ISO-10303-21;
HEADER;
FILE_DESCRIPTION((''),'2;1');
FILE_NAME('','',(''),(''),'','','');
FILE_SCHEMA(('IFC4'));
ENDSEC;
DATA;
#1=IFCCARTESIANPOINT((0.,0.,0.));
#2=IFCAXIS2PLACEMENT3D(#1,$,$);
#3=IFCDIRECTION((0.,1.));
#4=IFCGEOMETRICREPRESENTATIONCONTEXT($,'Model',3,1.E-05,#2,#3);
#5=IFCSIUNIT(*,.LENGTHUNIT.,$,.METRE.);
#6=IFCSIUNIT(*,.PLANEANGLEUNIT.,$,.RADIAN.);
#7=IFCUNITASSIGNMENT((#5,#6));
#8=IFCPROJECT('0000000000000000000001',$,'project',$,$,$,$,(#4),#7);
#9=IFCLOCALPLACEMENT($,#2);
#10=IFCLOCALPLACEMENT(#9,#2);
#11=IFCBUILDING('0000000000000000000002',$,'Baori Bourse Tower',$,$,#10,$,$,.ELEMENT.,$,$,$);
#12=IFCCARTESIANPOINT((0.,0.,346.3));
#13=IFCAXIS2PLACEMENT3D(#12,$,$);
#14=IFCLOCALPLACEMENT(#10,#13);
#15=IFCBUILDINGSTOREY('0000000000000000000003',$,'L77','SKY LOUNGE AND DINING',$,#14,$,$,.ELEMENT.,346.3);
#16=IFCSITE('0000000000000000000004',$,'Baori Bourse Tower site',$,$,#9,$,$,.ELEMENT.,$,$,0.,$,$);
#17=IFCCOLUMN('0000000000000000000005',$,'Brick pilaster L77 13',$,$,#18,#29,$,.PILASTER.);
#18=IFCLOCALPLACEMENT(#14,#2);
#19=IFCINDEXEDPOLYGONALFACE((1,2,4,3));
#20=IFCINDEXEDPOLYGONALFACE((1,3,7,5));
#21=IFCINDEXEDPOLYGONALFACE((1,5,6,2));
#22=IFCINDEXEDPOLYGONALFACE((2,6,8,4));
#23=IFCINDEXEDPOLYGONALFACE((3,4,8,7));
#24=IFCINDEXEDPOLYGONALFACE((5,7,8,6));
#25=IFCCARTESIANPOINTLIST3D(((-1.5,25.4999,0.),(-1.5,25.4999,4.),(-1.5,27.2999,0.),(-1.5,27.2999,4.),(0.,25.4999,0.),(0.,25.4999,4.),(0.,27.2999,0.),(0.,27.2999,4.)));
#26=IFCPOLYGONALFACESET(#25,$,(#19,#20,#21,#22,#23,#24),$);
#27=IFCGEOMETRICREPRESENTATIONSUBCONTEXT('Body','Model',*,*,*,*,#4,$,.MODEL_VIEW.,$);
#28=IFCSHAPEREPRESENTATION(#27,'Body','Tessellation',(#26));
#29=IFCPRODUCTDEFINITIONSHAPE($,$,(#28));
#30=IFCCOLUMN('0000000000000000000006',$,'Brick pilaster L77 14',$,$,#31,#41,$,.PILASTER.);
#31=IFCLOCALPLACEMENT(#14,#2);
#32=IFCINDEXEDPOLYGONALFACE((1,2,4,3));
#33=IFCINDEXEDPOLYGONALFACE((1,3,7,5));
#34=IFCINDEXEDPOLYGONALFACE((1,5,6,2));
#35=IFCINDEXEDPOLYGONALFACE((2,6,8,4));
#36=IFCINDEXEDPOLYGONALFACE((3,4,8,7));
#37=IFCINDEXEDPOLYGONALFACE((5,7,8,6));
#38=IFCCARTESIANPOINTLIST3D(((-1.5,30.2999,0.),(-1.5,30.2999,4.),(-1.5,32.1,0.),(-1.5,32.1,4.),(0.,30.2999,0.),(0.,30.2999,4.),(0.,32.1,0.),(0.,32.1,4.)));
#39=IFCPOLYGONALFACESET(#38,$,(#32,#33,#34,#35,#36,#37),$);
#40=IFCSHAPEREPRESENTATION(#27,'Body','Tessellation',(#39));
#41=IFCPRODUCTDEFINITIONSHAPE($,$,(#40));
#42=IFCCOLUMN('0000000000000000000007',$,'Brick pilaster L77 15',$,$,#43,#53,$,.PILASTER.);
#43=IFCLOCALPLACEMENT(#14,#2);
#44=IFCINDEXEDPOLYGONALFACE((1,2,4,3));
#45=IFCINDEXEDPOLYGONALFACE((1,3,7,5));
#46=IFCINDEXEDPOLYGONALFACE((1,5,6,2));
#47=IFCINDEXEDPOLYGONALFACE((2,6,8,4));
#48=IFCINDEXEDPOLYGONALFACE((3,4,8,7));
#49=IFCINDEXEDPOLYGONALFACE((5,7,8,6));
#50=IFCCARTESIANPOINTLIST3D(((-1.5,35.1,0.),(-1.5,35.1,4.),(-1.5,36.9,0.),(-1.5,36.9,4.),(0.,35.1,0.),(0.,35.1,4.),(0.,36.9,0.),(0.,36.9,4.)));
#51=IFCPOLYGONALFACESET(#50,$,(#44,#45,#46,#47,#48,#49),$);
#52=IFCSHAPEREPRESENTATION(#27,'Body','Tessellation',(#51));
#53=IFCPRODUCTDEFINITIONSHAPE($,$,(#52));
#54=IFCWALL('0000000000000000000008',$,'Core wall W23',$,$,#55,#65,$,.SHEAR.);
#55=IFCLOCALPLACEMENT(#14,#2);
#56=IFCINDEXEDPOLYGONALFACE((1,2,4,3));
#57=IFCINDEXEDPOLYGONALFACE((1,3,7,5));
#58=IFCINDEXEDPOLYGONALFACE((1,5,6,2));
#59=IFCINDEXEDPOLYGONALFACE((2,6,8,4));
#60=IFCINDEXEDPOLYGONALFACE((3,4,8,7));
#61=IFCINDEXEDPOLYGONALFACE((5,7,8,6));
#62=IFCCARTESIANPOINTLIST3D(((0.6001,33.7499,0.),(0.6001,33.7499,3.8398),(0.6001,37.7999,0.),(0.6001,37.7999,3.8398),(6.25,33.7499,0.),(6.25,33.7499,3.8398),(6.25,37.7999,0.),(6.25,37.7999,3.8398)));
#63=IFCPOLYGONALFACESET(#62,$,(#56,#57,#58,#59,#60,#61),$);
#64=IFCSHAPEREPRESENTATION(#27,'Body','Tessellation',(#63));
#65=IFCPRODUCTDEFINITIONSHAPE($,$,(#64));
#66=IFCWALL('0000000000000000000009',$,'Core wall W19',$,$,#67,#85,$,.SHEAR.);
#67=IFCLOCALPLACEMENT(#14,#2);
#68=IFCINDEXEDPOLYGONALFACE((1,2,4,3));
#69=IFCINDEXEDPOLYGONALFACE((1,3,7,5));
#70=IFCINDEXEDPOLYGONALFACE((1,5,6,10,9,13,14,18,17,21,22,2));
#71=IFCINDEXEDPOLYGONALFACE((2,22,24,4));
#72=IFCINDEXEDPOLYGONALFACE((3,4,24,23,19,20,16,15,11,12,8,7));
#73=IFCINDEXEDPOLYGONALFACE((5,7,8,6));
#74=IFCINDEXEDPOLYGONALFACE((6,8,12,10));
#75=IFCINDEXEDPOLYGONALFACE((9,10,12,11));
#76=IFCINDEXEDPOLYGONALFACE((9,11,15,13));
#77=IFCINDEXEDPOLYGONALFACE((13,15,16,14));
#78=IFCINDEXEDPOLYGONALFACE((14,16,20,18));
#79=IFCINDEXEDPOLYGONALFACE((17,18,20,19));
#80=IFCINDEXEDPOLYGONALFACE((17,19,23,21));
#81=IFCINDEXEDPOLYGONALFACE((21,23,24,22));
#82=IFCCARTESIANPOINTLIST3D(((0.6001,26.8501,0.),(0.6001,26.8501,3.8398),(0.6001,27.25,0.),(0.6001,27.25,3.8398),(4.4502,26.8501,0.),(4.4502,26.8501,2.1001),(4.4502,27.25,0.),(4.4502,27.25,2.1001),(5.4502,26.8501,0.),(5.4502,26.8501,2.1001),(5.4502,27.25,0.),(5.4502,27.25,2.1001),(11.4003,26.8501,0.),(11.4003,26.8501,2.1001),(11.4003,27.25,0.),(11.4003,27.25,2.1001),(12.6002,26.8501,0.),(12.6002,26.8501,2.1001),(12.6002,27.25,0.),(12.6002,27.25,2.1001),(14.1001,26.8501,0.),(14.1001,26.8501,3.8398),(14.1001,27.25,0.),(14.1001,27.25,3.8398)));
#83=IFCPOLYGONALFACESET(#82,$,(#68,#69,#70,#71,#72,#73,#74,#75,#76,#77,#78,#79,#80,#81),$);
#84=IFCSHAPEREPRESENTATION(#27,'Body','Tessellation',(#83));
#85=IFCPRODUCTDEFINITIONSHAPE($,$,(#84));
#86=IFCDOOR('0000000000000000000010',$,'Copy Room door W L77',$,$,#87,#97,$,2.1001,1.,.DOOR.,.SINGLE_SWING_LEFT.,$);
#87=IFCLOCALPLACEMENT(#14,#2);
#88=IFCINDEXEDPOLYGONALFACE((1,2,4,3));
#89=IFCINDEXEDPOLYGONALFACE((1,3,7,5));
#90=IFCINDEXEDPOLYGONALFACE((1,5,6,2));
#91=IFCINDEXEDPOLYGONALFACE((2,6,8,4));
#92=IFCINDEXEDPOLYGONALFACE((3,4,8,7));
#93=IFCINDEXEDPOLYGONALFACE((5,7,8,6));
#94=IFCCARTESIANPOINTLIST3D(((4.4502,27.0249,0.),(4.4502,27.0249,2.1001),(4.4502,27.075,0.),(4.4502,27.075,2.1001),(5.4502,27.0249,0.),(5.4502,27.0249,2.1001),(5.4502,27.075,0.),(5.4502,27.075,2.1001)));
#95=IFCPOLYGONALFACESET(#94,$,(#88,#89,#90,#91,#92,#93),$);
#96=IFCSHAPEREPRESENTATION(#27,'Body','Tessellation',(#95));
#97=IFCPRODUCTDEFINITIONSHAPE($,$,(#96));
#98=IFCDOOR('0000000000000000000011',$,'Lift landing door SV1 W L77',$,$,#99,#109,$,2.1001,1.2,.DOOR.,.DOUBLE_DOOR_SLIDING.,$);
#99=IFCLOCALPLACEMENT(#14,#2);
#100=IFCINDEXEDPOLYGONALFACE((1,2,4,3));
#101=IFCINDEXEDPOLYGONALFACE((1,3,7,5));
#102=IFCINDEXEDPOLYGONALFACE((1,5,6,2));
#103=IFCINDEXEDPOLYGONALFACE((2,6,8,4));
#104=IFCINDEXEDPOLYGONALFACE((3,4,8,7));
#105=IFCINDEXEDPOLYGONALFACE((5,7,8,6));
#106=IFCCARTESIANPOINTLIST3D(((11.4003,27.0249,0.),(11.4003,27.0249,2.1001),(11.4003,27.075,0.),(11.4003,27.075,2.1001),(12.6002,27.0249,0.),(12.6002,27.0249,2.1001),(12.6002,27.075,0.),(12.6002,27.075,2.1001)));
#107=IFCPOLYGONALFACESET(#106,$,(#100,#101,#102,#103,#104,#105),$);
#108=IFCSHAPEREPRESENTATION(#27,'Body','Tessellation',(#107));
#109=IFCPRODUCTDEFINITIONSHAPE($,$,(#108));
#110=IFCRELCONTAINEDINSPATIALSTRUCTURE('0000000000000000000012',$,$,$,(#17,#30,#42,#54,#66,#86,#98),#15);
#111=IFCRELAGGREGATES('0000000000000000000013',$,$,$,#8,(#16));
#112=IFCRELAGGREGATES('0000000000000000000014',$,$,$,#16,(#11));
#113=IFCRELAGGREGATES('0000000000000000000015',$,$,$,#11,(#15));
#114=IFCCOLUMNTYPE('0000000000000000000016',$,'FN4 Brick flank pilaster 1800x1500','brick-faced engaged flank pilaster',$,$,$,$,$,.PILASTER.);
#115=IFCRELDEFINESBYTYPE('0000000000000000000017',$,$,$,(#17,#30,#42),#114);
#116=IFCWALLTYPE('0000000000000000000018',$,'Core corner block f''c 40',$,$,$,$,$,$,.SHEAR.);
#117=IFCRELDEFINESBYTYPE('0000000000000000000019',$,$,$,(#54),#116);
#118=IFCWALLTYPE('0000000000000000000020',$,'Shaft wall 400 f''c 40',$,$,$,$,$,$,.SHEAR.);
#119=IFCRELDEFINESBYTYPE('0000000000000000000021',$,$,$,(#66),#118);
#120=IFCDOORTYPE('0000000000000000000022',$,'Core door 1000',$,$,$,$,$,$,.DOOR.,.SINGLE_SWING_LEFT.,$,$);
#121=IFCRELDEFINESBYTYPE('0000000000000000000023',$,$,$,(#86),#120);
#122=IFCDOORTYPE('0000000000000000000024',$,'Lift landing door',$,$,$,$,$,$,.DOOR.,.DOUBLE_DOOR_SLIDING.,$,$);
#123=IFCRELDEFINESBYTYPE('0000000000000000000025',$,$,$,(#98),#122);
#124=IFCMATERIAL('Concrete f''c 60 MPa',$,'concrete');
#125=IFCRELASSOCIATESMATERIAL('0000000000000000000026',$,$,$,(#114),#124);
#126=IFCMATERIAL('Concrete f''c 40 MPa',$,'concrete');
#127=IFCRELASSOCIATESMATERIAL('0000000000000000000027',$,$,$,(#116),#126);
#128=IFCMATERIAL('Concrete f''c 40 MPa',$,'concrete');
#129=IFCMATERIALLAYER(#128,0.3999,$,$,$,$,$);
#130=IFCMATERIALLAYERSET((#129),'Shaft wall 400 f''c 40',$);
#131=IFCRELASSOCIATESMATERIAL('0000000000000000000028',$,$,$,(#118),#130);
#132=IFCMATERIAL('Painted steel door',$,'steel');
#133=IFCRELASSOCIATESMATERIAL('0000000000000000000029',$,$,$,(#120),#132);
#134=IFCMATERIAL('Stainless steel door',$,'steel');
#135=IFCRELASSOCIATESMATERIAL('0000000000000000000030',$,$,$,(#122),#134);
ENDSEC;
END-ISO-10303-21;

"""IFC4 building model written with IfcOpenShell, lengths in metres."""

from ifc_helpers import new_model, si_unit, direction, frame, frame_2d, origin, origin_2d, place, context, subcontext, project, spatial, rectangle, extrude, material, layer, layer_set, material_profile, profile_set, type_object, element, fill, save


model = new_model("IFC4")

# Units and contexts
model_context = context("Model", 3, precision=1e-05, world=origin(), true_north=direction((0.0, 1.0)))
body_context = subcontext(model_context, "Body", "Model", "MODEL_VIEW")
ifc_project = project(units=[si_unit("LENGTHUNIT", "METRE"), si_unit("PLANEANGLEUNIT", "RADIAN")], contexts=[model_context])

# Site, building, storey
site_placement = place(None, origin())
site = spatial("IfcSite", under=ifc_project, at=site_placement, Name="Baori Bourse Tower site", CompositionType="ELEMENT", RefElevation=0.0)
building_placement = place(site_placement, origin())
building = spatial("IfcBuilding", under=site, at=building_placement, Name="Baori Bourse Tower", CompositionType="ELEMENT")
storey_placement = place(building_placement, frame((0.0, 0.0, 346.3)))
storey = spatial("IfcBuildingStorey", under=building, at=storey_placement, Name="L77", Description="SKY LOUNGE AND DINING", CompositionType="ELEMENT", Elevation=346.3)

# Columns
ifc_material_1 = material(Name="Concrete f'c 60 MPa", Category="concrete")
ifc_material_profile = material_profile(ifc_material_1, rectangle(XDim=1.8, YDim=1.5, at=origin_2d()), Name="RC 1800x1500")
ifc_profile_set = profile_set([ifc_material_profile], Name="Concrete f'c 60 MPa")
column_type = type_object("IfcColumnType", Name="FN4 Brick flank pilaster 1800x1500", Description="brick-faced engaged flank pilaster", PredefinedType="PILASTER", material=ifc_profile_set)
for number, where, z_axis, x_axis, name in (
    (1, (-0.75, 26.3999, 0.0), (0.0, 0.0, 1.0), (0.0, 1.0, 0.0), "Brick pilaster L77 13"),
    (2, (-0.75, 31.2, 0.0), (0.0, 0.0, 1.0), (0.0, 1.0, 0.0), "Brick pilaster L77 14"),
    (3, (-0.75, 36.0, 0.0), (0.0, 0.0, 1.0), (0.0, 1.0, 0.0), "Brick pilaster L77 15"),
):
    element("IfcColumn", number, at=place(storey_placement, frame(where, z_axis=z_axis, x_axis=x_axis)), inside=storey, type_object=column_type, Name=name, PredefinedType="PILASTER", context=body_context, shape_type="SweptSolid", body=[
        extrude(rectangle(XDim=1.8, YDim=1.5, at=origin_2d()), origin(), (0.0, 0.0, 1.0), 4.0),
    ])

# Wall
ifc_material_2 = material(Name="Concrete f'c 40 MPa", Category="concrete")
wall_type_1 = type_object("IfcWallType", Name="Core corner block f'c 40", PredefinedType="SHEAR", material=ifc_material_2)
wall_1_placement = place(storey_placement, frame((0.6001, 35.7749, 0.0), z_axis=(0.0, 0.0, 1.0), x_axis=(1.0, 0.0, 0.0)))
element("IfcWall", 4, at=wall_1_placement, inside=storey, type_object=wall_type_1, Name="Core wall W23", PredefinedType="SHEAR", context=body_context, shape_type="SweptSolid", body=[
    extrude(rectangle(XDim=5.6499, YDim=4.05, at=frame_2d((2.825, 0.0))), origin(), (0.0, 0.0, 1.0), 3.8398),
])

# Wall, openings, doors
ifc_material_3 = material(Name="Concrete f'c 40 MPa", Category="concrete")
ifc_layer_1 = layer(ifc_material_3, 0.3999)
ifc_layer_set_1 = layer_set([ifc_layer_1], Name="Shaft wall 400 f'c 40")
wall_type_2 = type_object("IfcWallType", Name="Shaft wall 400 f'c 40", PredefinedType="SHEAR", material=ifc_layer_set_1)
wall_2_placement = place(storey_placement, frame((0.6001, 27.05, 0.0), z_axis=(0.0, 0.0, 1.0), x_axis=(1.0, 0.0, 0.0)))
wall_2 = element("IfcWall", 5, at=wall_2_placement, inside=storey, type_object=wall_type_2, Name="Core wall W19", PredefinedType="SHEAR", context=body_context, shape_type="SweptSolid", body=[
    extrude(rectangle(XDim=13.5, YDim=0.3999, at=frame_2d((6.75, 0.0))), origin(), (0.0, 0.0, 1.0), 3.8398),
])
opening_1_placement = place(wall_2_placement, frame((3.8501, 0.0, 0.0)))
opening_1 = element("IfcOpeningElement", 6, at=opening_1_placement, cuts=wall_2, PredefinedType="OPENING", context=body_context, shape_type="SweptSolid", body=[
    extrude(rectangle(XDim=1.0, YDim=2.1001, at=frame_2d((0.5, 1.05))), frame((0.0, 0.21, 0.0), z_axis=(0.0, -1.0, 0.0), x_axis=(1.0, 0.0, 0.0)), (0.0, 0.0, 1.0), 0.4199),
])
opening_2_placement = place(wall_2_placement, frame((10.8, 0.0, 0.0)))
opening_2 = element("IfcOpeningElement", 7, at=opening_2_placement, cuts=wall_2, PredefinedType="OPENING", context=body_context, shape_type="SweptSolid", body=[
    extrude(rectangle(XDim=1.2, YDim=2.1001, at=frame_2d((0.6001, 1.05))), frame((0.0, 0.21, 0.0), z_axis=(0.0, -1.0, 0.0), x_axis=(1.0, 0.0, 0.0)), (0.0, 0.0, 1.0), 0.4199),
])
ifc_material_4 = material(Name="Painted steel door", Category="steel")
door_type_1 = type_object("IfcDoorType", Name="Core door 1000", OperationType="SINGLE_SWING_LEFT", PredefinedType="DOOR", material=ifc_material_4)
door_1_placement = place(opening_1_placement, origin())
door_1 = element("IfcDoor", 8, at=door_1_placement, inside=storey, type_object=door_type_1, Name="Copy Room door W L77", OperationType="SINGLE_SWING_LEFT", OverallHeight=2.1001, OverallWidth=1.0, PredefinedType="DOOR", context=body_context, shape_type="SweptSolid", body=[
    extrude(rectangle(XDim=1.0, YDim=2.1001, at=frame_2d((0.5, 1.05))), frame((0.0, 0.0249, 0.0), z_axis=(0.0, -1.0, 0.0), x_axis=(1.0, 0.0, 0.0)), (0.0, 0.0, 1.0), 0.05),
])
fill(opening_1, door_1)
ifc_material_5 = material(Name="Stainless steel door", Category="steel")
door_type_2 = type_object("IfcDoorType", Name="Lift landing door", OperationType="DOUBLE_DOOR_SLIDING", PredefinedType="DOOR", material=ifc_material_5)
door_2_placement = place(opening_2_placement, origin())
door_2 = element("IfcDoor", 9, at=door_2_placement, inside=storey, type_object=door_type_2, Name="Lift landing door SV1 W L77", OperationType="DOUBLE_DOOR_SLIDING", OverallHeight=2.1001, OverallWidth=1.2, PredefinedType="DOOR", context=body_context, shape_type="SweptSolid", body=[
    extrude(rectangle(XDim=1.2, YDim=2.1001, at=frame_2d((0.6001, 1.05))), frame((0.0, 0.0249, 0.0), z_axis=(0.0, -1.0, 0.0), x_axis=(1.0, 0.0, 0.0)), (0.0, 0.0, 1.0), 0.05),
])
fill(opening_2, door_2)

save(model, "model.ifc")
